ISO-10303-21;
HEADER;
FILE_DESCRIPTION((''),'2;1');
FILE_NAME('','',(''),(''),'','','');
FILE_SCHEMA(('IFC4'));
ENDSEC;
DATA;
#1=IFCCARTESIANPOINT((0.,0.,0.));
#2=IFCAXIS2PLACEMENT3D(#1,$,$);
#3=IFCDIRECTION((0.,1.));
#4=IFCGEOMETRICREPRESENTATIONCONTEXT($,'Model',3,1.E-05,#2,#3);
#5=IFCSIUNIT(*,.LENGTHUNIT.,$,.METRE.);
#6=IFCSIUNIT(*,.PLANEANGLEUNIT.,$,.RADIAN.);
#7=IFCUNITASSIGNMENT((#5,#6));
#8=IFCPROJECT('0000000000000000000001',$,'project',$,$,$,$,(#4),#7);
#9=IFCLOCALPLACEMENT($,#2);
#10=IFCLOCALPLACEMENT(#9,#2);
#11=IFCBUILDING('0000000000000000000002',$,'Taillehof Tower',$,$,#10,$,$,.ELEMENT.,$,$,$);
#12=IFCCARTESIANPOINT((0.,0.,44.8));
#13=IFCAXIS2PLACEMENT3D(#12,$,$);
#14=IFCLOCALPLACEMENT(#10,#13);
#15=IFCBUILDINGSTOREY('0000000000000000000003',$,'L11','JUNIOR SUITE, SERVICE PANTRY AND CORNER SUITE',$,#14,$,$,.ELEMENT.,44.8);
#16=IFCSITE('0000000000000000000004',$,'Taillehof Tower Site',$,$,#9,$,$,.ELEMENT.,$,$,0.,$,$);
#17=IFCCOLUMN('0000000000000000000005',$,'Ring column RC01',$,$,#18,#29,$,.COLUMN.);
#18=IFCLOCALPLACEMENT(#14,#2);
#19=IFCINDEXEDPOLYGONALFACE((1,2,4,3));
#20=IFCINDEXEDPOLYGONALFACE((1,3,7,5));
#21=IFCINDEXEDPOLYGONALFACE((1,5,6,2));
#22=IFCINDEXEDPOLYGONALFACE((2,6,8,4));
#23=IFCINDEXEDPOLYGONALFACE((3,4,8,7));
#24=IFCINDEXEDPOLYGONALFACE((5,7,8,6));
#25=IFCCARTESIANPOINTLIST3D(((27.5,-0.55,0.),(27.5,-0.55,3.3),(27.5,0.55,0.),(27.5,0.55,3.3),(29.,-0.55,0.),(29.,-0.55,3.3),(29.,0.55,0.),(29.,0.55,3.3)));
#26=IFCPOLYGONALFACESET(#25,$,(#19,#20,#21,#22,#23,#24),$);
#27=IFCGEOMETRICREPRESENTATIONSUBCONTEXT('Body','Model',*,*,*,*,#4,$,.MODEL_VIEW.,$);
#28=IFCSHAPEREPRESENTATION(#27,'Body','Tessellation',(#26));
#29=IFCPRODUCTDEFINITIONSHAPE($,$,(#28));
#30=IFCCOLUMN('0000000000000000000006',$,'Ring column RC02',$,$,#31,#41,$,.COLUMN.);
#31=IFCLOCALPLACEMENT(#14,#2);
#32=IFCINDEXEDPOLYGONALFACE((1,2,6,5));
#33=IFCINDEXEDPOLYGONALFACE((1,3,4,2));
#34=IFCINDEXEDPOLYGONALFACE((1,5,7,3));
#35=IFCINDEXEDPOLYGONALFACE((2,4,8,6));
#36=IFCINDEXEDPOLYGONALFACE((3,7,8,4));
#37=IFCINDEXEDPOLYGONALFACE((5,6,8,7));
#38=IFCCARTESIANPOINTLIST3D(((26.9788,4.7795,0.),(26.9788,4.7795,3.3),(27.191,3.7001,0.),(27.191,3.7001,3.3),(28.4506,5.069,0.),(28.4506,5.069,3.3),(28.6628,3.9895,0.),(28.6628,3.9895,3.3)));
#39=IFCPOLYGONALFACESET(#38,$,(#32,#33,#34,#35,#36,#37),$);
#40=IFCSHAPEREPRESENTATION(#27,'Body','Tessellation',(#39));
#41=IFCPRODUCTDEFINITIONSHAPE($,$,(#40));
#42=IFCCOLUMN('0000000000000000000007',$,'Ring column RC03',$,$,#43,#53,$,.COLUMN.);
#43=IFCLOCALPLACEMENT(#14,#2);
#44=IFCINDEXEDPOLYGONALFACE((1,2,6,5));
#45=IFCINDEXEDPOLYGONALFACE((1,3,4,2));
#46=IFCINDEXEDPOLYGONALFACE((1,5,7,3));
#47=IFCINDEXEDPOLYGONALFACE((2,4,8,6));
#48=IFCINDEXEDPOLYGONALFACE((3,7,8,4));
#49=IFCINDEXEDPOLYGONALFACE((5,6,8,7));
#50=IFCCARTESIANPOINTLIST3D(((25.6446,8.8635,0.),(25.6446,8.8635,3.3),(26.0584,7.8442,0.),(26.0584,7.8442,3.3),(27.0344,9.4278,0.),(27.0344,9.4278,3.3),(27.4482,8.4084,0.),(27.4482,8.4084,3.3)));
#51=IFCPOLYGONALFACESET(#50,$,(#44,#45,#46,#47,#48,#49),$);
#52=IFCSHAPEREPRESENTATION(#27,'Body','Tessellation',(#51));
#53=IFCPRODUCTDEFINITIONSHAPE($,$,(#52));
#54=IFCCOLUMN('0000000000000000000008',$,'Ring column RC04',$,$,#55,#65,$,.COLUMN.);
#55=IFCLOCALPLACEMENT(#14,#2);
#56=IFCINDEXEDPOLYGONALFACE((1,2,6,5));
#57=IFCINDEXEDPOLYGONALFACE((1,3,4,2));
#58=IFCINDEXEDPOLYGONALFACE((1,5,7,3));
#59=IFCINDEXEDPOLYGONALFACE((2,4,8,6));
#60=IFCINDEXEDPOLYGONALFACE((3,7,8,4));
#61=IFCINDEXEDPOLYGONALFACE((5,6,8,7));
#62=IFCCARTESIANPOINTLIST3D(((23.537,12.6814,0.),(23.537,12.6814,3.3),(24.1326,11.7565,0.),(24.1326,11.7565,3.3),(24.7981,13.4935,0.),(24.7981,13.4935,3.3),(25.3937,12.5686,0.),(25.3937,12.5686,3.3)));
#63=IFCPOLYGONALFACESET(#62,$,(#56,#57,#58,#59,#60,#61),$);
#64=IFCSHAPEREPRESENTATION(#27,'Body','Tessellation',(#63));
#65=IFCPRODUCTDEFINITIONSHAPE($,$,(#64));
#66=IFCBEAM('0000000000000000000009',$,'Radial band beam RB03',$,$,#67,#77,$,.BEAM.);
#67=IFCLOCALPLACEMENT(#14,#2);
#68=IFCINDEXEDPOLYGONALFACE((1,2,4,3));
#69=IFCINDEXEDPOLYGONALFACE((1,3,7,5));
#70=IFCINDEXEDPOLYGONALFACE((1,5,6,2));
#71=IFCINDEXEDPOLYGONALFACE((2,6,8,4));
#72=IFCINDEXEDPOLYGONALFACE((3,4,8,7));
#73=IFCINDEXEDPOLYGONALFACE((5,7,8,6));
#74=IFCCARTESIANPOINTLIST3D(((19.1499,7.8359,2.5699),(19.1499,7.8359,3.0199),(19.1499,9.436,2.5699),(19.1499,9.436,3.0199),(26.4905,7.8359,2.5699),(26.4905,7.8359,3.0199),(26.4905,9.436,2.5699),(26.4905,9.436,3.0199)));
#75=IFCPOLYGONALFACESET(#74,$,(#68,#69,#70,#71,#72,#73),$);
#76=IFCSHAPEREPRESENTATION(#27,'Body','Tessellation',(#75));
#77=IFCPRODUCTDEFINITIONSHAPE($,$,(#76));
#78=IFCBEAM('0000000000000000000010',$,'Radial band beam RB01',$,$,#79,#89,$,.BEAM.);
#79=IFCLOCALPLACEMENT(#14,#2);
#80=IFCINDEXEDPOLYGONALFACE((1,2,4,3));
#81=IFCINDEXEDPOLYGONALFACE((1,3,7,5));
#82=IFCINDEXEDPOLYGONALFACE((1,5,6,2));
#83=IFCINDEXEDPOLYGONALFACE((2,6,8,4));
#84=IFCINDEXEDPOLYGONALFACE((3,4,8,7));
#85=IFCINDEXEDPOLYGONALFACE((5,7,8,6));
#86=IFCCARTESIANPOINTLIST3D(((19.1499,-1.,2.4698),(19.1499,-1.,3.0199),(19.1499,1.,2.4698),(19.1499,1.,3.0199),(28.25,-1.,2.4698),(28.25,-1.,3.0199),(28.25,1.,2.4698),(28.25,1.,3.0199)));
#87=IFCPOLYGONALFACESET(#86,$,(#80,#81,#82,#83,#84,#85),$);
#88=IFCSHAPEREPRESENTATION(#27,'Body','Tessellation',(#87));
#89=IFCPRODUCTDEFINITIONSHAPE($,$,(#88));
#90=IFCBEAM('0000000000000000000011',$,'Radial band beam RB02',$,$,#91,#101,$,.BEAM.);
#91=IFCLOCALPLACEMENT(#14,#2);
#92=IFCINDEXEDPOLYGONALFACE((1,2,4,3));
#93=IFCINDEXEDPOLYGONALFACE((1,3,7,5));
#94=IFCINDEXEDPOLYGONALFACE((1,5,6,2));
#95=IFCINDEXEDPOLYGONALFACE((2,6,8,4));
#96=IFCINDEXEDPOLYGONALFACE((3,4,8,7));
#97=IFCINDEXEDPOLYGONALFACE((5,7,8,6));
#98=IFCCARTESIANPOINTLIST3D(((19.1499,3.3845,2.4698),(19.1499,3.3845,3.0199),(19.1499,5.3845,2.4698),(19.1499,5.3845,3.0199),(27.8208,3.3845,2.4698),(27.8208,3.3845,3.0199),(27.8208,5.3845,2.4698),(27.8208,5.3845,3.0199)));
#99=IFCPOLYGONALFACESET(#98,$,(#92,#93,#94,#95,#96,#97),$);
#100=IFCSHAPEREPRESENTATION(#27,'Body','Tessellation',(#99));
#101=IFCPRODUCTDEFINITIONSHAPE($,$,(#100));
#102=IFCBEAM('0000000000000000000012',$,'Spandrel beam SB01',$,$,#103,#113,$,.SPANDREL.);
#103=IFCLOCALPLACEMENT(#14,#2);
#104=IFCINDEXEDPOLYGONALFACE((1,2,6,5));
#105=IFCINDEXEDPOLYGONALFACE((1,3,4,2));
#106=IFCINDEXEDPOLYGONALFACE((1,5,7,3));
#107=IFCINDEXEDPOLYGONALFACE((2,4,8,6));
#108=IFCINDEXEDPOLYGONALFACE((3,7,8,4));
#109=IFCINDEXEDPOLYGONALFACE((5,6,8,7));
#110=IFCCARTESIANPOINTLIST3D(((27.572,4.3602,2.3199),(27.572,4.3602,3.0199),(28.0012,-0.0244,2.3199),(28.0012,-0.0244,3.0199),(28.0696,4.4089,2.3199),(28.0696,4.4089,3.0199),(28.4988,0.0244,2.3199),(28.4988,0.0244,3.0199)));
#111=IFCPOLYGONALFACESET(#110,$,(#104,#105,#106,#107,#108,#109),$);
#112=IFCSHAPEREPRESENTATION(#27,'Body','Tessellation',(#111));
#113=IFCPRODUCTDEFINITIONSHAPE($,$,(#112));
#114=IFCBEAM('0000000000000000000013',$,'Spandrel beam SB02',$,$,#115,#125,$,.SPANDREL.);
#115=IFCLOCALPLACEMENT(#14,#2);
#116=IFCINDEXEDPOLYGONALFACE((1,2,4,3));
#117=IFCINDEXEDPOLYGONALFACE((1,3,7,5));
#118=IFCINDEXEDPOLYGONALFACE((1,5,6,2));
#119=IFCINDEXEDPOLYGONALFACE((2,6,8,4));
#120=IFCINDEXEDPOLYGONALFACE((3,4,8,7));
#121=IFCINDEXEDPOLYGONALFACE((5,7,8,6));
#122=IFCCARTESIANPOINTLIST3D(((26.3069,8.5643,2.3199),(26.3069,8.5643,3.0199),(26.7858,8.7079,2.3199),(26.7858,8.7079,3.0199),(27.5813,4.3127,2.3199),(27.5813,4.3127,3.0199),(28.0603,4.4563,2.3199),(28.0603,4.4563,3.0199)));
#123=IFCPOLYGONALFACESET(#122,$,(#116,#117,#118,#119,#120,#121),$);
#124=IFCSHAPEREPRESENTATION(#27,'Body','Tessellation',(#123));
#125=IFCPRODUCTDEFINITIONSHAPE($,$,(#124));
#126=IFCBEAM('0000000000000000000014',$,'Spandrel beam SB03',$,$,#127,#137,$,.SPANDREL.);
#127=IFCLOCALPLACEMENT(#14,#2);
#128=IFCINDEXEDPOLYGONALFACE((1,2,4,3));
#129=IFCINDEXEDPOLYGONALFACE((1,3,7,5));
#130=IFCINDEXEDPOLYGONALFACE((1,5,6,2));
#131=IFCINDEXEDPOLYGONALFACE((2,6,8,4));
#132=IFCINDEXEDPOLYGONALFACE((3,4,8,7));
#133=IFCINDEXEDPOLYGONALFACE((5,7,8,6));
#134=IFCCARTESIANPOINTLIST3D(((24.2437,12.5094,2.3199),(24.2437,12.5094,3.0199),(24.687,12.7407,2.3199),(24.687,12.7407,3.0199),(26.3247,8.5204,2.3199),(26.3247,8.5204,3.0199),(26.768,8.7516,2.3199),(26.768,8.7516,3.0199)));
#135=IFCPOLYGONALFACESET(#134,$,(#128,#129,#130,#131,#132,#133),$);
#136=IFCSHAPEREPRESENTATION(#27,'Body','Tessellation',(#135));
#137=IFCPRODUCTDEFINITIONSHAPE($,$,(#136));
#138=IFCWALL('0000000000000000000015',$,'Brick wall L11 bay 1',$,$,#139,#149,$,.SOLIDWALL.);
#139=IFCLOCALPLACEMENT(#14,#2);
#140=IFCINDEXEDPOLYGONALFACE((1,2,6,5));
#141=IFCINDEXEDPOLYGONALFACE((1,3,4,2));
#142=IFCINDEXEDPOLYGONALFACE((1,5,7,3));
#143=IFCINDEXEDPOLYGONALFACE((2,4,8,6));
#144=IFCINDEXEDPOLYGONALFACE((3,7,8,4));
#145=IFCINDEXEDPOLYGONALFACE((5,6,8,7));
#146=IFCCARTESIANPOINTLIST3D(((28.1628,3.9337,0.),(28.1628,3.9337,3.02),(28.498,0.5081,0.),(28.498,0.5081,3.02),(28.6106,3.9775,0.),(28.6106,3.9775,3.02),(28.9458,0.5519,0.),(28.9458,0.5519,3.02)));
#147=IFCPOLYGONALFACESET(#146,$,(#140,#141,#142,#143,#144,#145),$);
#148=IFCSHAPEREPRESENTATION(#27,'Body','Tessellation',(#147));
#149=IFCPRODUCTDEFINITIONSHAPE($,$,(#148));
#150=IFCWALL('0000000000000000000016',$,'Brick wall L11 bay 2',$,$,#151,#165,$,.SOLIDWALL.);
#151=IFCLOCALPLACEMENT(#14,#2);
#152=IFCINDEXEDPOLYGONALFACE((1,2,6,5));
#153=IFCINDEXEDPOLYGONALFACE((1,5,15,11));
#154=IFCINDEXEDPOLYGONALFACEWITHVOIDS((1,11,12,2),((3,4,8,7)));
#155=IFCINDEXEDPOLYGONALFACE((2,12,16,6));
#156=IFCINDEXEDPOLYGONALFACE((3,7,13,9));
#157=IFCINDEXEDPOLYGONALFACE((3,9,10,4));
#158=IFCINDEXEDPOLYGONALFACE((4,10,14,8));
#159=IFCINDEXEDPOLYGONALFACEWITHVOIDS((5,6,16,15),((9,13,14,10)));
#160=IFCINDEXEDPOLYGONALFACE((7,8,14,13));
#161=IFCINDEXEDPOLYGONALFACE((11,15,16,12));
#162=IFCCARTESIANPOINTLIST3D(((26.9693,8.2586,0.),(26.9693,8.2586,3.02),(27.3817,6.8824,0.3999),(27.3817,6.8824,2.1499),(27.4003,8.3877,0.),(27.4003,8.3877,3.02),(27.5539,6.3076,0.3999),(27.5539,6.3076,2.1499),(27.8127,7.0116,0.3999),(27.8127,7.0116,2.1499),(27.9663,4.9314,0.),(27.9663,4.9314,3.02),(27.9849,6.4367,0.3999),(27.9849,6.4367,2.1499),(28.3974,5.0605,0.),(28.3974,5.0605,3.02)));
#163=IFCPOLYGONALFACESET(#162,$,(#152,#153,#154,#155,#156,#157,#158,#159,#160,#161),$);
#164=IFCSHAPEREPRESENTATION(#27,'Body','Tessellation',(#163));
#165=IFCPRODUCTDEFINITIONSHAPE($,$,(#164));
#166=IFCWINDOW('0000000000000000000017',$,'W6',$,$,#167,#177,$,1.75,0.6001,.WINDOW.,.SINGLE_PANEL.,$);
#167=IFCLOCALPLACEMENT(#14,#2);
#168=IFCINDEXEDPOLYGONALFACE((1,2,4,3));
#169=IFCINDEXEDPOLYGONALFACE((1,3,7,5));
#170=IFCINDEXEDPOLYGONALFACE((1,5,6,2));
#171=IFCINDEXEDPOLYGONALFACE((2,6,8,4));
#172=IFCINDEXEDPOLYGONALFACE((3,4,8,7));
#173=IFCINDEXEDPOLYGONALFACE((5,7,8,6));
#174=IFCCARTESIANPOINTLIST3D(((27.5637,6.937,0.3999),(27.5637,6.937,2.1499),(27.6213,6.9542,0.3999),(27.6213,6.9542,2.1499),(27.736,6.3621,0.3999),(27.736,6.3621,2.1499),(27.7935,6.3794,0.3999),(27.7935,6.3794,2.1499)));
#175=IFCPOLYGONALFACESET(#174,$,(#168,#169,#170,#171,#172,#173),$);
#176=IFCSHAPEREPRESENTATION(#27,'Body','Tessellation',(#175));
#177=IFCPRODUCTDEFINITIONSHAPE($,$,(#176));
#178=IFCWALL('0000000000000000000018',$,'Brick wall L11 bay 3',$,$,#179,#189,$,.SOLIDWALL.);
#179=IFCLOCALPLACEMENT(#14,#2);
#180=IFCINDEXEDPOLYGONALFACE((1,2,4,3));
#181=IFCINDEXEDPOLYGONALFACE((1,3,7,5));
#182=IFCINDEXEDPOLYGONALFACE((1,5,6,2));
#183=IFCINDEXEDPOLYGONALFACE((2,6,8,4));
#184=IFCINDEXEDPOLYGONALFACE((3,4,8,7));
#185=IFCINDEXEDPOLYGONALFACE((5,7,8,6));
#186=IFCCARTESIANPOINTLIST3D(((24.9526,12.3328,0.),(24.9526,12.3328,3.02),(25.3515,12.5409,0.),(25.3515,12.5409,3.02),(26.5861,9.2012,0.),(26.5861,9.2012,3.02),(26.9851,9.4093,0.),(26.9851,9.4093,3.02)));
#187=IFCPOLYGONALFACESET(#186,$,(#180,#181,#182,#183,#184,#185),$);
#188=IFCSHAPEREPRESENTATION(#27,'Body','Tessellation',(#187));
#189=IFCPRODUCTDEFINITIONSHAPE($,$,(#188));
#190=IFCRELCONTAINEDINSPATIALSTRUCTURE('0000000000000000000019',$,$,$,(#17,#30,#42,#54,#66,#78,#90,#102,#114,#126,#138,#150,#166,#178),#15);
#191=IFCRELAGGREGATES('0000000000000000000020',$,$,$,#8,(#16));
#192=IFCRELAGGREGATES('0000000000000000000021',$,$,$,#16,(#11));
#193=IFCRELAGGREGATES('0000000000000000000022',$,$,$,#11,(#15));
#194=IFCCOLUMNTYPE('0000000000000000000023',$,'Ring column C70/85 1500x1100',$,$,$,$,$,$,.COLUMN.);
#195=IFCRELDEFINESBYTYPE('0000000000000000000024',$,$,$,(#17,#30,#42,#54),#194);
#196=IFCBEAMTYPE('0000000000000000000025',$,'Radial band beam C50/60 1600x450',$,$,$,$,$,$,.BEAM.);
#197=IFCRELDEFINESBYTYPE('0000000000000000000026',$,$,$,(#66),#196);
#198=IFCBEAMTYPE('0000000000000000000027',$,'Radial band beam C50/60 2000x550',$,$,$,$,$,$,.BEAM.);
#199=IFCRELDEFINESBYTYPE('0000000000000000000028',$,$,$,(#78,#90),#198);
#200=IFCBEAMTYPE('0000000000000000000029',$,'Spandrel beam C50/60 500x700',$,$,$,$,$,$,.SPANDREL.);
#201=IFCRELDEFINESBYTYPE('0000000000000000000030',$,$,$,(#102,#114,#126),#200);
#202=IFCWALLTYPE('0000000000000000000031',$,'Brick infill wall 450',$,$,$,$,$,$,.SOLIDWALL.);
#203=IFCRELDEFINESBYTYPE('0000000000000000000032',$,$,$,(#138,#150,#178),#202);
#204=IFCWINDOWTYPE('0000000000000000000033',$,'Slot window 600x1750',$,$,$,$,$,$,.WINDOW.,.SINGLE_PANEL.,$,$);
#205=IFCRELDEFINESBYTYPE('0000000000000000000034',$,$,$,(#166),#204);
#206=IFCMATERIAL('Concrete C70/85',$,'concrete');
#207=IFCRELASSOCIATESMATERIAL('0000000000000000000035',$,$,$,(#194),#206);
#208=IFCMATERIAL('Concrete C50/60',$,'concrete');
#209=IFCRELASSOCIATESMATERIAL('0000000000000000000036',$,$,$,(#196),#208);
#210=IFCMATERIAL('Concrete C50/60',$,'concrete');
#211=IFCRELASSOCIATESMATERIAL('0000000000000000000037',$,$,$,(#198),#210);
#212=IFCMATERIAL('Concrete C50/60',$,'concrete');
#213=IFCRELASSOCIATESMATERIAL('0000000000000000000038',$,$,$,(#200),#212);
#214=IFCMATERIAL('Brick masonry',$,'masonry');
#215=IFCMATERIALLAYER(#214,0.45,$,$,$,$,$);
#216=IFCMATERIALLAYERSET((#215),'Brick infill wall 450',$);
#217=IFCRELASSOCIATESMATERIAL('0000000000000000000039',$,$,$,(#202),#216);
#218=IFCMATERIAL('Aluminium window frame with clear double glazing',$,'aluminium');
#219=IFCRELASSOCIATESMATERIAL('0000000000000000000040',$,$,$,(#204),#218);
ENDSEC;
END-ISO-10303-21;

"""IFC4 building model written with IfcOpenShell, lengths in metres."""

from ifc_helpers import new_model, si_unit, direction, frame, frame_2d, origin, origin_2d, place, context, subcontext, project, spatial, rectangle, extrude, material, layer, layer_set, material_profile, profile_set, type_object, element, fill, save


model = new_model("IFC4")

# Units and contexts
model_context = context("Model", 3, precision=1e-05, world=origin(), true_north=direction((0.0, 1.0)))
body_context = subcontext(model_context, "Body", "Model", "MODEL_VIEW")
ifc_project = project(units=[si_unit("LENGTHUNIT", "METRE"), si_unit("PLANEANGLEUNIT", "RADIAN")], contexts=[model_context])

# Site, building, storey
site_placement = place(None, origin())
site = spatial("IfcSite", under=ifc_project, at=site_placement, Name="Taillehof Tower Site", CompositionType="ELEMENT", RefElevation=0.0)
building_placement = place(site_placement, origin())
building = spatial("IfcBuilding", under=site, at=building_placement, Name="Taillehof Tower", CompositionType="ELEMENT")
storey_placement = place(building_placement, frame((0.0, 0.0, 44.8)))
storey = spatial("IfcBuildingStorey", under=building, at=storey_placement, Name="L11", Description="JUNIOR SUITE, SERVICE PANTRY AND CORNER SUITE", CompositionType="ELEMENT", Elevation=44.8)

# Columns
ifc_material_1 = material(Name="Concrete C70/85", Category="concrete")
ifc_material_profile_1 = material_profile(ifc_material_1, rectangle(XDim=1.5, YDim=1.1001, at=origin_2d()), Name="RC 1500x1100")
ifc_profile_set_1 = profile_set([ifc_material_profile_1], Name="Concrete C70/85")
column_type = type_object("IfcColumnType", Name="Ring column C70/85 1500x1100", PredefinedType="COLUMN", material=ifc_profile_set_1)
for number, where, z_axis, x_axis, name in (
    (1, (28.25, 0.0, 0.0), (0.0, 0.0, 1.0), (1.0, 0.0, 0.0), "Ring column RC01"),
    (2, (27.8208, 4.3845, 0.0), (0.0, 0.0, 1.0), (0.981204, 0.192976, 0.0), "Ring column RC02"),
    (3, (26.5464, 8.636, 0.0), (0.0, 0.0, 1.0), (0.926558, 0.376152, 0.0), "Ring column RC03"),
    (4, (24.4653, 12.625, 0.0), (0.0, 0.0, 1.0), (0.840754, 0.541418, 0.0), "Ring column RC04"),
):
    element("IfcColumn", number, at=place(storey_placement, frame(where, z_axis=z_axis, x_axis=x_axis)), inside=storey, type_object=column_type, Name=name, PredefinedType="COLUMN", context=body_context, shape_type="SweptSolid", body=[
        extrude(rectangle(XDim=1.5, YDim=1.1001, at=origin_2d()), origin(), (0.0, 0.0, 1.0), 3.3),
    ])

# Beams
ifc_material_2 = material(Name="Concrete C50/60", Category="concrete")
ifc_material_profile_2 = material_profile(ifc_material_2, rectangle(XDim=1.6001, YDim=0.45, at=origin_2d()), Name="RC 1600x450")
ifc_profile_set_2 = profile_set([ifc_material_profile_2], Name="Concrete C50/60")
beam_type_1 = type_object("IfcBeamType", Name="Radial band beam C50/60 1600x450", PredefinedType="BEAM", material=ifc_profile_set_2)
beam_1_placement = place(storey_placement, frame((26.4905, 8.636, 2.7949), z_axis=(-1.0, 0.0, 0.0), x_axis=(0.0, -1.0, 0.0)))
element("IfcBeam", 5, at=beam_1_placement, inside=storey, type_object=beam_type_1, Name="Radial band beam RB03", PredefinedType="BEAM", context=body_context, shape_type="SweptSolid", body=[
    extrude(rectangle(XDim=1.6001, YDim=0.45, at=origin_2d()), origin(), (0.0, 0.0, 1.0), 7.3406),
])
ifc_material_3 = material(Name="Concrete C50/60", Category="concrete")
ifc_material_profile_3 = material_profile(ifc_material_3, rectangle(XDim=2.0, YDim=0.55, at=origin_2d()), Name="RC 2000x550")
ifc_profile_set_3 = profile_set([ifc_material_profile_3], Name="Concrete C50/60")
beam_type_2 = type_object("IfcBeamType", Name="Radial band beam C50/60 2000x550", PredefinedType="BEAM", material=ifc_profile_set_3)
beam_2_placement = place(storey_placement, frame((28.25, 0.0, 2.7449), z_axis=(-1.0, 0.0, 0.0), x_axis=(0.0, -1.0, 0.0)))
element("IfcBeam", 6, at=beam_2_placement, inside=storey, type_object=beam_type_2, Name="Radial band beam RB01", PredefinedType="BEAM", context=body_context, shape_type="SweptSolid", body=[
    extrude(rectangle(XDim=2.0, YDim=0.55, at=origin_2d()), origin(), (0.0, 0.0, 1.0), 9.1001),
])
beam_3_placement = place(storey_placement, frame((27.8208, 4.3845, 2.7449), z_axis=(-1.0, 0.0, 0.0), x_axis=(0.0, -1.0, 0.0)))
element("IfcBeam", 7, at=beam_3_placement, inside=storey, type_object=beam_type_2, Name="Radial band beam RB02", PredefinedType="BEAM", context=body_context, shape_type="SweptSolid", body=[
    extrude(rectangle(XDim=2.0, YDim=0.55, at=origin_2d()), origin(), (0.0, 0.0, 1.0), 8.6709),
])
ifc_material_4 = material(Name="Concrete C50/60", Category="concrete")
ifc_material_profile_4 = material_profile(ifc_material_4, rectangle(XDim=0.5, YDim=0.7, at=origin_2d()), Name="RC 500x700")
ifc_profile_set_4 = profile_set([ifc_material_profile_4], Name="Concrete C50/60")
beam_type_3 = type_object("IfcBeamType", Name="Spandrel beam C50/60 500x700", PredefinedType="SPANDREL", material=ifc_profile_set_4)
beam_4_placement = place(storey_placement, frame((28.25, 0.0, 2.6699), z_axis=(-0.097424, 0.995243, 0.0), x_axis=(-0.995243, -0.097424, 0.0)))
element("IfcBeam", 8, at=beam_4_placement, inside=storey, type_object=beam_type_3, Name="Spandrel beam SB01", PredefinedType="SPANDREL", context=body_context, shape_type="SweptSolid", body=[
    extrude(rectangle(XDim=0.5, YDim=0.7, at=origin_2d()), origin(), (0.0, 0.0, 1.0), 4.4055),
])
beam_5_placement = place(storey_placement, frame((27.8208, 4.3845, 2.6699), z_axis=(-0.287136, 0.95789, 0.0), x_axis=(-0.95789, -0.287136, 0.0)))
element("IfcBeam", 9, at=beam_5_placement, inside=storey, type_object=beam_type_3, Name="Spandrel beam SB02", PredefinedType="SPANDREL", context=body_context, shape_type="SweptSolid", body=[
    extrude(rectangle(XDim=0.5, YDim=0.7, at=origin_2d()), origin(), (0.0, 0.0, 1.0), 4.4385),
])
beam_6_placement = place(storey_placement, frame((26.5464, 8.636, 2.6699), z_axis=(-0.462536, 0.8866, 0.0), x_axis=(-0.8866, -0.462536, 0.0)))
element("IfcBeam", 10, at=beam_6_placement, inside=storey, type_object=beam_type_3, Name="Spandrel beam SB03", PredefinedType="SPANDREL", context=body_context, shape_type="SweptSolid", body=[
    extrude(rectangle(XDim=0.5, YDim=0.7, at=origin_2d()), origin(), (0.0, 0.0, 1.0), 4.4993),
])

# Wall
ifc_material_5 = material(Name="Brick masonry", Category="masonry")
ifc_layer_1 = layer(ifc_material_5, 0.45)
ifc_layer_set_1 = layer_set([ifc_layer_1], Name="Brick infill wall 450")
wall_type_1 = type_object("IfcWallType", Name="Brick infill wall 450", PredefinedType="SOLIDWALL", material=ifc_layer_set_1)
wall_1_placement = place(storey_placement, frame((28.7219, 0.53, 0.0), z_axis=(0.0, 0.0, 1.0), x_axis=(-0.09739, 0.995246, 0.0)))
element("IfcWall", 11, at=wall_1_placement, inside=storey, type_object=wall_type_1, Name="Brick wall L11 bay 1", PredefinedType="SOLIDWALL", context=body_context, shape_type="SweptSolid", body=[
    extrude(rectangle(XDim=3.4419, YDim=0.45, at=frame_2d((1.7209, 0.0))), origin(), (0.0, 0.0, 1.0), 3.02),
])

# Wall, opening, window
wall_2_placement = place(storey_placement, frame((28.1819, 4.9958, 0.0), z_axis=(0.0, 0.0, 1.0), x_axis=(-0.287064, 0.957911, 0.0)))
wall_2 = element("IfcWall", 12, at=wall_2_placement, inside=storey, type_object=wall_type_1, Name="Brick wall L11 bay 2", PredefinedType="SOLIDWALL", context=body_context, shape_type="SweptSolid", body=[
    extrude(rectangle(XDim=3.4734, YDim=0.45, at=frame_2d((1.7368, 0.0))), origin(), (0.0, 0.0, 1.0), 3.02),
])
opening_1_placement = place(wall_2_placement, frame((1.4368, 0.0, 0.3999)))
opening_1 = element("IfcOpeningElement", 13, at=opening_1_placement, cuts=wall_2, PredefinedType="OPENING", context=body_context, shape_type="SweptSolid", body=[
    extrude(rectangle(XDim=0.6001, YDim=1.75, at=frame_2d((0.3, 0.875))), frame((0.0, 0.2349, 0.0), z_axis=(0.0, -1.0, 0.0), x_axis=(1.0, 0.0, 0.0)), (0.0, 0.0, 1.0), 0.47),
])
ifc_material_6 = material(Name="Aluminium window frame with clear double glazing", Category="aluminium")
window_type = type_object("IfcWindowType", Name="Slot window 600x1750", PartitioningType="SINGLE_PANEL", PredefinedType="WINDOW", material=ifc_material_6)
window_placement = place(opening_1_placement, origin())
window = element("IfcWindow", 14, at=window_placement, inside=storey, type_object=window_type, Name="W6", OverallHeight=1.75, OverallWidth=0.6001, PartitioningType="SINGLE_PANEL", PredefinedType="WINDOW", context=body_context, shape_type="SweptSolid", body=[
    extrude(rectangle(XDim=0.6001, YDim=1.75, at=frame_2d((0.3, 0.875))), frame((0.0, 0.0349, 0.0), z_axis=(0.0, -1.0, 0.0), x_axis=(1.0, 0.0, 0.0)), (0.0, 0.0, 1.0), 0.0601),
])
fill(opening_1, window)

# Wall
wall_3_placement = place(storey_placement, frame((26.7856, 9.3052, 0.0), z_axis=(0.0, 0.0, 1.0), x_axis=(-0.462493, 0.886623, 0.0)))
element("IfcWall", 15, at=wall_3_placement, inside=storey, type_object=wall_type_1, Name="Brick wall L11 bay 3", PredefinedType="SOLIDWALL", context=body_context, shape_type="SweptSolid", body=[
    extrude(rectangle(XDim=3.532, YDim=0.45, at=frame_2d((1.7661, 0.0))), origin(), (0.0, 0.0, 1.0), 3.02),
])

save(model, "model.ifc")
